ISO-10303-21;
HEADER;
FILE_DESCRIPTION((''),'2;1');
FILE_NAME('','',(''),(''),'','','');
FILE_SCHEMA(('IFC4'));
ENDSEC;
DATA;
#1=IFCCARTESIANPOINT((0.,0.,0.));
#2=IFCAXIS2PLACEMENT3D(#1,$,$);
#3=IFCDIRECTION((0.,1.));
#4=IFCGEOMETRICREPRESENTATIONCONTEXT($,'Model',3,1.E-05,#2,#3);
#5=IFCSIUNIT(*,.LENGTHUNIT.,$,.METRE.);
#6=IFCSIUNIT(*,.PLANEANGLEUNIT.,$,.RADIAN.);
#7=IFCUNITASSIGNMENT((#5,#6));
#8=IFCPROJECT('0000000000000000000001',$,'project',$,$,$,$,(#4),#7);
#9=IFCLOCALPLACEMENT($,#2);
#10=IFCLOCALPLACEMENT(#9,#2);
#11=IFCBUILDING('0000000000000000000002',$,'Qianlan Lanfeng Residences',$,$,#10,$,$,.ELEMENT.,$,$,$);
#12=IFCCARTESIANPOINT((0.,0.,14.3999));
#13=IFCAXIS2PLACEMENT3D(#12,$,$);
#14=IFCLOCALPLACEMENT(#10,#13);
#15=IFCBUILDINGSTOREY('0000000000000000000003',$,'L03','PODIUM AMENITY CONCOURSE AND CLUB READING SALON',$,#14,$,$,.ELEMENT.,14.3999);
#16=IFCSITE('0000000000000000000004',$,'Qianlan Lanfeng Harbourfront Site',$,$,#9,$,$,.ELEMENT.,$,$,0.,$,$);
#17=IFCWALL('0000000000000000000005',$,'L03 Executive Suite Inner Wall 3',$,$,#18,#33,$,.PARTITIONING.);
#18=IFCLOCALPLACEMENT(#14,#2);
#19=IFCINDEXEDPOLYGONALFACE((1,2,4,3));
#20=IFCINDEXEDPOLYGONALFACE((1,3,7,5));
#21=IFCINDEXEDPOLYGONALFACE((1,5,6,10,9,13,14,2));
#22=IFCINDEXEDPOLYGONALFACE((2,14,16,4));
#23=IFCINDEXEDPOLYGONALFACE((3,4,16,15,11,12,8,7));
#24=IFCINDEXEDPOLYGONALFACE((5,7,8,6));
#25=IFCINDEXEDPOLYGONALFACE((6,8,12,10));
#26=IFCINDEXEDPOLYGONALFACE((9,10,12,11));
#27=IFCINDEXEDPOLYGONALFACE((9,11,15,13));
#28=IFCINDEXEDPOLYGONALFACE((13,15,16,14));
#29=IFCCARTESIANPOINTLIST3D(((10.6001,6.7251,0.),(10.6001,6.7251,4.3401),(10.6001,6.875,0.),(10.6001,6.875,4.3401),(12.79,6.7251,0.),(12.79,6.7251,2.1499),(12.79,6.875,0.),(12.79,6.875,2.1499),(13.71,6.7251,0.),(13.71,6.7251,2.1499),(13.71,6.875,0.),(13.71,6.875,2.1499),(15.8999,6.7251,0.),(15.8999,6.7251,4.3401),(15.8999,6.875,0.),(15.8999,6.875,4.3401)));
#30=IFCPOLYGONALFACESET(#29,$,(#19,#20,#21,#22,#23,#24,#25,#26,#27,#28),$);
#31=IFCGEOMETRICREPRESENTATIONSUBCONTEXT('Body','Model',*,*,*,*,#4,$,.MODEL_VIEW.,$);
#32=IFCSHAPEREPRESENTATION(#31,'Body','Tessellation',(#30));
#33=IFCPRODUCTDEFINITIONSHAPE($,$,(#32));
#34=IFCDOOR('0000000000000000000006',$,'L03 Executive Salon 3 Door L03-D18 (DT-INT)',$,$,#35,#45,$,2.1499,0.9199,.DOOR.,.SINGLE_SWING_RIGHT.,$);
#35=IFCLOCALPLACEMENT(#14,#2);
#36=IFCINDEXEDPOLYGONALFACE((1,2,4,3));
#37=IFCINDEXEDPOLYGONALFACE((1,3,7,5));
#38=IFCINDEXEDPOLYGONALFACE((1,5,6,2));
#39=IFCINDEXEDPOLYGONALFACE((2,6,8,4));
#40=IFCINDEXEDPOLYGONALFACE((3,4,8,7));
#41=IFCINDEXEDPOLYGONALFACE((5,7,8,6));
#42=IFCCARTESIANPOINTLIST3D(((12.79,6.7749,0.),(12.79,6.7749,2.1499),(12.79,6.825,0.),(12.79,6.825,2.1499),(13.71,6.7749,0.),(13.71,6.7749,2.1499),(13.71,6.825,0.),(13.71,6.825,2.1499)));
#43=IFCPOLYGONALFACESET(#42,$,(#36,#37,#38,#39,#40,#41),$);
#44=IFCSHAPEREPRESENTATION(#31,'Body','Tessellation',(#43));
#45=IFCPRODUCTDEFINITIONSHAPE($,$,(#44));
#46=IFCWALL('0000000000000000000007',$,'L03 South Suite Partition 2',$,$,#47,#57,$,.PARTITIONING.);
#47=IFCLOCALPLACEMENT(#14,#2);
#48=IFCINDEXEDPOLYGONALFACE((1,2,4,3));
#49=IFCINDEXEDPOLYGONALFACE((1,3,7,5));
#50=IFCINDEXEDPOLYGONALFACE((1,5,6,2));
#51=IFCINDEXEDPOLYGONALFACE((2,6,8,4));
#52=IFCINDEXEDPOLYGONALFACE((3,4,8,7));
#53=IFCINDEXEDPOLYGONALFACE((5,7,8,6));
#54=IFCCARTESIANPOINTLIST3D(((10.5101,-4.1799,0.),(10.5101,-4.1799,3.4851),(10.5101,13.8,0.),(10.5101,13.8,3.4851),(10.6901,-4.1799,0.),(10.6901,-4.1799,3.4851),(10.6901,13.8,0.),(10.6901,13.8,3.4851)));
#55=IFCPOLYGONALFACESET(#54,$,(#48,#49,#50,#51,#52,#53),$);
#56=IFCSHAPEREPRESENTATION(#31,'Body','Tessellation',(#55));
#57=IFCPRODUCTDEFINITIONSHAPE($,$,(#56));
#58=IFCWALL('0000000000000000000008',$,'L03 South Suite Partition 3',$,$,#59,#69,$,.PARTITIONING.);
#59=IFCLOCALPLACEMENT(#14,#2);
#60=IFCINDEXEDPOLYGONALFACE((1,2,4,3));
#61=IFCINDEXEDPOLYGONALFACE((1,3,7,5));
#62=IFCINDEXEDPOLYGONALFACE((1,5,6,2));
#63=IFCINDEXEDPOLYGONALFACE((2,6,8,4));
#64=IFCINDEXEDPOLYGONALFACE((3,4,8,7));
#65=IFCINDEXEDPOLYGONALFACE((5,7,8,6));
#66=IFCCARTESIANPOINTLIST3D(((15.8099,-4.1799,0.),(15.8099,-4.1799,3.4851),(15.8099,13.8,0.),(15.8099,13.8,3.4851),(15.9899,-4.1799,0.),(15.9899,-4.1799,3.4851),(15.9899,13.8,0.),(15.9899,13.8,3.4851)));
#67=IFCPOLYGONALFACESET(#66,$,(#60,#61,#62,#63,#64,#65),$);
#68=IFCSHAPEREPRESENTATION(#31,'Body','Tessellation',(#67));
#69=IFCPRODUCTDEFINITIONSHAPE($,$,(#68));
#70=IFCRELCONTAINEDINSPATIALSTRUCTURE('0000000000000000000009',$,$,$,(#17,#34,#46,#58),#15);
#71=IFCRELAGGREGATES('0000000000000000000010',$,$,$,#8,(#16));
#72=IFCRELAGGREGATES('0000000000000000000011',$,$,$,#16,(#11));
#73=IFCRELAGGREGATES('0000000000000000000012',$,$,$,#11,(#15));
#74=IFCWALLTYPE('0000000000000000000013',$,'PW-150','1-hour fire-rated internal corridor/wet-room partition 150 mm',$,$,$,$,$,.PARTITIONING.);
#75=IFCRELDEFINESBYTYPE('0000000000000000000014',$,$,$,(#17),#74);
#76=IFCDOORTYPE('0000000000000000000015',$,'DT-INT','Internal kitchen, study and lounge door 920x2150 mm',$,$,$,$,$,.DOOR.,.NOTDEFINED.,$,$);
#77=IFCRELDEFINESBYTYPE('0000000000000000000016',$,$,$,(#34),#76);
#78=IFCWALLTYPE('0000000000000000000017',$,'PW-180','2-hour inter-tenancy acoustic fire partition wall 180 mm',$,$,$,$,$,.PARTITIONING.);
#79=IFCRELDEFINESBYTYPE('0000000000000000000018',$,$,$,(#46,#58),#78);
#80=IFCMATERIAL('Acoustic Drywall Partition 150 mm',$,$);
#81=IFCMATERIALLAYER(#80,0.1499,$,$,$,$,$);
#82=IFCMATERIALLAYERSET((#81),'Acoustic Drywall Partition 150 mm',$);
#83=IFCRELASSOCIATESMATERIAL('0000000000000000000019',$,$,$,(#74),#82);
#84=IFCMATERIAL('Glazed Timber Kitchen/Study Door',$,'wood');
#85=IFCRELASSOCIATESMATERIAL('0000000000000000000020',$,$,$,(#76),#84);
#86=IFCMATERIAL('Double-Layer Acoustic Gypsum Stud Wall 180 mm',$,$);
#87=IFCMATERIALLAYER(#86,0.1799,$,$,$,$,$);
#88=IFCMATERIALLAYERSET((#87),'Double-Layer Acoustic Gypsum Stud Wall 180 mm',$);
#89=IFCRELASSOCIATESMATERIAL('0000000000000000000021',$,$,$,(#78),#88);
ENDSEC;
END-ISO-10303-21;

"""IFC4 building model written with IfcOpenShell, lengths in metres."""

from ifc_helpers import new_model, si_unit, direction, frame, frame_2d, origin, place, context, subcontext, project, spatial, rectangle, extrude, material, layer, layer_set, type_object, element, fill, save


model = new_model("IFC4")

# Units and contexts
model_context = context("Model", 3, precision=1e-05, world=origin(), true_north=direction((0.0, 1.0)))
body_context = subcontext(model_context, "Body", "Model", "MODEL_VIEW")
ifc_project = project(units=[si_unit("LENGTHUNIT", "METRE"), si_unit("PLANEANGLEUNIT", "RADIAN")], contexts=[model_context])

# Site, building, storey
site_placement = place(None, origin())
site = spatial("IfcSite", under=ifc_project, at=site_placement, Name="Qianlan Lanfeng Harbourfront Site", CompositionType="ELEMENT", RefElevation=0.0)
building_placement = place(site_placement, origin())
building = spatial("IfcBuilding", under=site, at=building_placement, Name="Qianlan Lanfeng Residences", CompositionType="ELEMENT")
storey_placement = place(building_placement, frame((0.0, 0.0, 14.3999)))
storey = spatial("IfcBuildingStorey", under=building, at=storey_placement, Name="L03", Description="PODIUM AMENITY CONCOURSE AND CLUB READING SALON", CompositionType="ELEMENT", Elevation=14.3999)

# Wall, opening, door
ifc_material_1 = material(Name="Acoustic Drywall Partition 150 mm")
ifc_layer_1 = layer(ifc_material_1, 0.1499)
ifc_layer_set_1 = layer_set([ifc_layer_1], Name="Acoustic Drywall Partition 150 mm")
wall_type_1 = type_object("IfcWallType", Name="PW-150", Description="1-hour fire-rated internal corridor/wet-room partition 150 mm", PredefinedType="PARTITIONING", material=ifc_layer_set_1)
wall_placement = place(storey_placement, frame((10.6001, 6.8, 0.0), z_axis=(0.0, 0.0, 1.0), x_axis=(1.0, 0.0, 0.0)))
wall = element("IfcWall", 1, at=wall_placement, inside=storey, type_object=wall_type_1, Name="L03 Executive Suite Inner Wall 3", PredefinedType="PARTITIONING", context=body_context, shape_type="SweptSolid", body=[
    extrude(rectangle(XDim=5.2998, YDim=0.1499, at=frame_2d((2.6499, 0.0))), origin(), (0.0, 0.0, 1.0), 4.3401),
])
opening_placement = place(wall_placement, frame((2.1899, 0.0, 0.0)))
opening = element("IfcOpeningElement", 2, at=opening_placement, cuts=wall, PredefinedType="OPENING", context=body_context, shape_type="SweptSolid", body=[
    extrude(rectangle(XDim=0.9199, YDim=2.1499, at=frame_2d((0.46, 1.075))), frame((0.0, 0.085, 0.0), z_axis=(0.0, -1.0, 0.0), x_axis=(1.0, 0.0, 0.0)), (0.0, 0.0, 1.0), 0.1699),
])
ifc_material_2 = material(Name="Glazed Timber Kitchen/Study Door", Category="wood")
door_type = type_object("IfcDoorType", Name="DT-INT", Description="Internal kitchen, study and lounge door 920x2150 mm", OperationType="NOTDEFINED", PredefinedType="DOOR", material=ifc_material_2)
door_placement = place(opening_placement, origin())
door = element("IfcDoor", 3, at=door_placement, inside=storey, type_object=door_type, Name="L03 Executive Salon 3 Door L03-D18 (DT-INT)", OperationType="SINGLE_SWING_RIGHT", OverallHeight=2.1499, OverallWidth=0.9199, PredefinedType="DOOR", context=body_context, shape_type="SweptSolid", body=[
    extrude(rectangle(XDim=0.9199, YDim=2.1499, at=frame_2d((0.46, 1.075))), frame((0.0, 0.0249, 0.0), z_axis=(0.0, -1.0, 0.0), x_axis=(1.0, 0.0, 0.0)), (0.0, 0.0, 1.0), 0.05),
])
fill(opening, door)

# Walls
ifc_material_3 = material(Name="Double-Layer Acoustic Gypsum Stud Wall 180 mm")
ifc_layer_2 = layer(ifc_material_3, 0.1799)
ifc_layer_set_2 = layer_set([ifc_layer_2], Name="Double-Layer Acoustic Gypsum Stud Wall 180 mm")
wall_type_2 = type_object("IfcWallType", Name="PW-180", Description="2-hour inter-tenancy acoustic fire partition wall 180 mm", PredefinedType="PARTITIONING", material=ifc_layer_set_2)
for number, where, z_axis, x_axis, name in (
    (4, (10.6001, -4.1799, 0.0), (0.0, 0.0, 1.0), (0.0, 1.0, 0.0), "L03 South Suite Partition 2"),
    (5, (15.8999, -4.1799, 0.0), (0.0, 0.0, 1.0), (0.0, 1.0, 0.0), "L03 South Suite Partition 3"),
):
    element("IfcWall", number, at=place(storey_placement, frame(where, z_axis=z_axis, x_axis=x_axis)), inside=storey, type_object=wall_type_2, Name=name, PredefinedType="PARTITIONING", context=body_context, shape_type="SweptSolid", body=[
        extrude(rectangle(XDim=17.98, YDim=0.1799, at=frame_2d((8.99, 0.0))), origin(), (0.0, 0.0, 1.0), 3.4851),
    ])

save(model, "model.ifc")
